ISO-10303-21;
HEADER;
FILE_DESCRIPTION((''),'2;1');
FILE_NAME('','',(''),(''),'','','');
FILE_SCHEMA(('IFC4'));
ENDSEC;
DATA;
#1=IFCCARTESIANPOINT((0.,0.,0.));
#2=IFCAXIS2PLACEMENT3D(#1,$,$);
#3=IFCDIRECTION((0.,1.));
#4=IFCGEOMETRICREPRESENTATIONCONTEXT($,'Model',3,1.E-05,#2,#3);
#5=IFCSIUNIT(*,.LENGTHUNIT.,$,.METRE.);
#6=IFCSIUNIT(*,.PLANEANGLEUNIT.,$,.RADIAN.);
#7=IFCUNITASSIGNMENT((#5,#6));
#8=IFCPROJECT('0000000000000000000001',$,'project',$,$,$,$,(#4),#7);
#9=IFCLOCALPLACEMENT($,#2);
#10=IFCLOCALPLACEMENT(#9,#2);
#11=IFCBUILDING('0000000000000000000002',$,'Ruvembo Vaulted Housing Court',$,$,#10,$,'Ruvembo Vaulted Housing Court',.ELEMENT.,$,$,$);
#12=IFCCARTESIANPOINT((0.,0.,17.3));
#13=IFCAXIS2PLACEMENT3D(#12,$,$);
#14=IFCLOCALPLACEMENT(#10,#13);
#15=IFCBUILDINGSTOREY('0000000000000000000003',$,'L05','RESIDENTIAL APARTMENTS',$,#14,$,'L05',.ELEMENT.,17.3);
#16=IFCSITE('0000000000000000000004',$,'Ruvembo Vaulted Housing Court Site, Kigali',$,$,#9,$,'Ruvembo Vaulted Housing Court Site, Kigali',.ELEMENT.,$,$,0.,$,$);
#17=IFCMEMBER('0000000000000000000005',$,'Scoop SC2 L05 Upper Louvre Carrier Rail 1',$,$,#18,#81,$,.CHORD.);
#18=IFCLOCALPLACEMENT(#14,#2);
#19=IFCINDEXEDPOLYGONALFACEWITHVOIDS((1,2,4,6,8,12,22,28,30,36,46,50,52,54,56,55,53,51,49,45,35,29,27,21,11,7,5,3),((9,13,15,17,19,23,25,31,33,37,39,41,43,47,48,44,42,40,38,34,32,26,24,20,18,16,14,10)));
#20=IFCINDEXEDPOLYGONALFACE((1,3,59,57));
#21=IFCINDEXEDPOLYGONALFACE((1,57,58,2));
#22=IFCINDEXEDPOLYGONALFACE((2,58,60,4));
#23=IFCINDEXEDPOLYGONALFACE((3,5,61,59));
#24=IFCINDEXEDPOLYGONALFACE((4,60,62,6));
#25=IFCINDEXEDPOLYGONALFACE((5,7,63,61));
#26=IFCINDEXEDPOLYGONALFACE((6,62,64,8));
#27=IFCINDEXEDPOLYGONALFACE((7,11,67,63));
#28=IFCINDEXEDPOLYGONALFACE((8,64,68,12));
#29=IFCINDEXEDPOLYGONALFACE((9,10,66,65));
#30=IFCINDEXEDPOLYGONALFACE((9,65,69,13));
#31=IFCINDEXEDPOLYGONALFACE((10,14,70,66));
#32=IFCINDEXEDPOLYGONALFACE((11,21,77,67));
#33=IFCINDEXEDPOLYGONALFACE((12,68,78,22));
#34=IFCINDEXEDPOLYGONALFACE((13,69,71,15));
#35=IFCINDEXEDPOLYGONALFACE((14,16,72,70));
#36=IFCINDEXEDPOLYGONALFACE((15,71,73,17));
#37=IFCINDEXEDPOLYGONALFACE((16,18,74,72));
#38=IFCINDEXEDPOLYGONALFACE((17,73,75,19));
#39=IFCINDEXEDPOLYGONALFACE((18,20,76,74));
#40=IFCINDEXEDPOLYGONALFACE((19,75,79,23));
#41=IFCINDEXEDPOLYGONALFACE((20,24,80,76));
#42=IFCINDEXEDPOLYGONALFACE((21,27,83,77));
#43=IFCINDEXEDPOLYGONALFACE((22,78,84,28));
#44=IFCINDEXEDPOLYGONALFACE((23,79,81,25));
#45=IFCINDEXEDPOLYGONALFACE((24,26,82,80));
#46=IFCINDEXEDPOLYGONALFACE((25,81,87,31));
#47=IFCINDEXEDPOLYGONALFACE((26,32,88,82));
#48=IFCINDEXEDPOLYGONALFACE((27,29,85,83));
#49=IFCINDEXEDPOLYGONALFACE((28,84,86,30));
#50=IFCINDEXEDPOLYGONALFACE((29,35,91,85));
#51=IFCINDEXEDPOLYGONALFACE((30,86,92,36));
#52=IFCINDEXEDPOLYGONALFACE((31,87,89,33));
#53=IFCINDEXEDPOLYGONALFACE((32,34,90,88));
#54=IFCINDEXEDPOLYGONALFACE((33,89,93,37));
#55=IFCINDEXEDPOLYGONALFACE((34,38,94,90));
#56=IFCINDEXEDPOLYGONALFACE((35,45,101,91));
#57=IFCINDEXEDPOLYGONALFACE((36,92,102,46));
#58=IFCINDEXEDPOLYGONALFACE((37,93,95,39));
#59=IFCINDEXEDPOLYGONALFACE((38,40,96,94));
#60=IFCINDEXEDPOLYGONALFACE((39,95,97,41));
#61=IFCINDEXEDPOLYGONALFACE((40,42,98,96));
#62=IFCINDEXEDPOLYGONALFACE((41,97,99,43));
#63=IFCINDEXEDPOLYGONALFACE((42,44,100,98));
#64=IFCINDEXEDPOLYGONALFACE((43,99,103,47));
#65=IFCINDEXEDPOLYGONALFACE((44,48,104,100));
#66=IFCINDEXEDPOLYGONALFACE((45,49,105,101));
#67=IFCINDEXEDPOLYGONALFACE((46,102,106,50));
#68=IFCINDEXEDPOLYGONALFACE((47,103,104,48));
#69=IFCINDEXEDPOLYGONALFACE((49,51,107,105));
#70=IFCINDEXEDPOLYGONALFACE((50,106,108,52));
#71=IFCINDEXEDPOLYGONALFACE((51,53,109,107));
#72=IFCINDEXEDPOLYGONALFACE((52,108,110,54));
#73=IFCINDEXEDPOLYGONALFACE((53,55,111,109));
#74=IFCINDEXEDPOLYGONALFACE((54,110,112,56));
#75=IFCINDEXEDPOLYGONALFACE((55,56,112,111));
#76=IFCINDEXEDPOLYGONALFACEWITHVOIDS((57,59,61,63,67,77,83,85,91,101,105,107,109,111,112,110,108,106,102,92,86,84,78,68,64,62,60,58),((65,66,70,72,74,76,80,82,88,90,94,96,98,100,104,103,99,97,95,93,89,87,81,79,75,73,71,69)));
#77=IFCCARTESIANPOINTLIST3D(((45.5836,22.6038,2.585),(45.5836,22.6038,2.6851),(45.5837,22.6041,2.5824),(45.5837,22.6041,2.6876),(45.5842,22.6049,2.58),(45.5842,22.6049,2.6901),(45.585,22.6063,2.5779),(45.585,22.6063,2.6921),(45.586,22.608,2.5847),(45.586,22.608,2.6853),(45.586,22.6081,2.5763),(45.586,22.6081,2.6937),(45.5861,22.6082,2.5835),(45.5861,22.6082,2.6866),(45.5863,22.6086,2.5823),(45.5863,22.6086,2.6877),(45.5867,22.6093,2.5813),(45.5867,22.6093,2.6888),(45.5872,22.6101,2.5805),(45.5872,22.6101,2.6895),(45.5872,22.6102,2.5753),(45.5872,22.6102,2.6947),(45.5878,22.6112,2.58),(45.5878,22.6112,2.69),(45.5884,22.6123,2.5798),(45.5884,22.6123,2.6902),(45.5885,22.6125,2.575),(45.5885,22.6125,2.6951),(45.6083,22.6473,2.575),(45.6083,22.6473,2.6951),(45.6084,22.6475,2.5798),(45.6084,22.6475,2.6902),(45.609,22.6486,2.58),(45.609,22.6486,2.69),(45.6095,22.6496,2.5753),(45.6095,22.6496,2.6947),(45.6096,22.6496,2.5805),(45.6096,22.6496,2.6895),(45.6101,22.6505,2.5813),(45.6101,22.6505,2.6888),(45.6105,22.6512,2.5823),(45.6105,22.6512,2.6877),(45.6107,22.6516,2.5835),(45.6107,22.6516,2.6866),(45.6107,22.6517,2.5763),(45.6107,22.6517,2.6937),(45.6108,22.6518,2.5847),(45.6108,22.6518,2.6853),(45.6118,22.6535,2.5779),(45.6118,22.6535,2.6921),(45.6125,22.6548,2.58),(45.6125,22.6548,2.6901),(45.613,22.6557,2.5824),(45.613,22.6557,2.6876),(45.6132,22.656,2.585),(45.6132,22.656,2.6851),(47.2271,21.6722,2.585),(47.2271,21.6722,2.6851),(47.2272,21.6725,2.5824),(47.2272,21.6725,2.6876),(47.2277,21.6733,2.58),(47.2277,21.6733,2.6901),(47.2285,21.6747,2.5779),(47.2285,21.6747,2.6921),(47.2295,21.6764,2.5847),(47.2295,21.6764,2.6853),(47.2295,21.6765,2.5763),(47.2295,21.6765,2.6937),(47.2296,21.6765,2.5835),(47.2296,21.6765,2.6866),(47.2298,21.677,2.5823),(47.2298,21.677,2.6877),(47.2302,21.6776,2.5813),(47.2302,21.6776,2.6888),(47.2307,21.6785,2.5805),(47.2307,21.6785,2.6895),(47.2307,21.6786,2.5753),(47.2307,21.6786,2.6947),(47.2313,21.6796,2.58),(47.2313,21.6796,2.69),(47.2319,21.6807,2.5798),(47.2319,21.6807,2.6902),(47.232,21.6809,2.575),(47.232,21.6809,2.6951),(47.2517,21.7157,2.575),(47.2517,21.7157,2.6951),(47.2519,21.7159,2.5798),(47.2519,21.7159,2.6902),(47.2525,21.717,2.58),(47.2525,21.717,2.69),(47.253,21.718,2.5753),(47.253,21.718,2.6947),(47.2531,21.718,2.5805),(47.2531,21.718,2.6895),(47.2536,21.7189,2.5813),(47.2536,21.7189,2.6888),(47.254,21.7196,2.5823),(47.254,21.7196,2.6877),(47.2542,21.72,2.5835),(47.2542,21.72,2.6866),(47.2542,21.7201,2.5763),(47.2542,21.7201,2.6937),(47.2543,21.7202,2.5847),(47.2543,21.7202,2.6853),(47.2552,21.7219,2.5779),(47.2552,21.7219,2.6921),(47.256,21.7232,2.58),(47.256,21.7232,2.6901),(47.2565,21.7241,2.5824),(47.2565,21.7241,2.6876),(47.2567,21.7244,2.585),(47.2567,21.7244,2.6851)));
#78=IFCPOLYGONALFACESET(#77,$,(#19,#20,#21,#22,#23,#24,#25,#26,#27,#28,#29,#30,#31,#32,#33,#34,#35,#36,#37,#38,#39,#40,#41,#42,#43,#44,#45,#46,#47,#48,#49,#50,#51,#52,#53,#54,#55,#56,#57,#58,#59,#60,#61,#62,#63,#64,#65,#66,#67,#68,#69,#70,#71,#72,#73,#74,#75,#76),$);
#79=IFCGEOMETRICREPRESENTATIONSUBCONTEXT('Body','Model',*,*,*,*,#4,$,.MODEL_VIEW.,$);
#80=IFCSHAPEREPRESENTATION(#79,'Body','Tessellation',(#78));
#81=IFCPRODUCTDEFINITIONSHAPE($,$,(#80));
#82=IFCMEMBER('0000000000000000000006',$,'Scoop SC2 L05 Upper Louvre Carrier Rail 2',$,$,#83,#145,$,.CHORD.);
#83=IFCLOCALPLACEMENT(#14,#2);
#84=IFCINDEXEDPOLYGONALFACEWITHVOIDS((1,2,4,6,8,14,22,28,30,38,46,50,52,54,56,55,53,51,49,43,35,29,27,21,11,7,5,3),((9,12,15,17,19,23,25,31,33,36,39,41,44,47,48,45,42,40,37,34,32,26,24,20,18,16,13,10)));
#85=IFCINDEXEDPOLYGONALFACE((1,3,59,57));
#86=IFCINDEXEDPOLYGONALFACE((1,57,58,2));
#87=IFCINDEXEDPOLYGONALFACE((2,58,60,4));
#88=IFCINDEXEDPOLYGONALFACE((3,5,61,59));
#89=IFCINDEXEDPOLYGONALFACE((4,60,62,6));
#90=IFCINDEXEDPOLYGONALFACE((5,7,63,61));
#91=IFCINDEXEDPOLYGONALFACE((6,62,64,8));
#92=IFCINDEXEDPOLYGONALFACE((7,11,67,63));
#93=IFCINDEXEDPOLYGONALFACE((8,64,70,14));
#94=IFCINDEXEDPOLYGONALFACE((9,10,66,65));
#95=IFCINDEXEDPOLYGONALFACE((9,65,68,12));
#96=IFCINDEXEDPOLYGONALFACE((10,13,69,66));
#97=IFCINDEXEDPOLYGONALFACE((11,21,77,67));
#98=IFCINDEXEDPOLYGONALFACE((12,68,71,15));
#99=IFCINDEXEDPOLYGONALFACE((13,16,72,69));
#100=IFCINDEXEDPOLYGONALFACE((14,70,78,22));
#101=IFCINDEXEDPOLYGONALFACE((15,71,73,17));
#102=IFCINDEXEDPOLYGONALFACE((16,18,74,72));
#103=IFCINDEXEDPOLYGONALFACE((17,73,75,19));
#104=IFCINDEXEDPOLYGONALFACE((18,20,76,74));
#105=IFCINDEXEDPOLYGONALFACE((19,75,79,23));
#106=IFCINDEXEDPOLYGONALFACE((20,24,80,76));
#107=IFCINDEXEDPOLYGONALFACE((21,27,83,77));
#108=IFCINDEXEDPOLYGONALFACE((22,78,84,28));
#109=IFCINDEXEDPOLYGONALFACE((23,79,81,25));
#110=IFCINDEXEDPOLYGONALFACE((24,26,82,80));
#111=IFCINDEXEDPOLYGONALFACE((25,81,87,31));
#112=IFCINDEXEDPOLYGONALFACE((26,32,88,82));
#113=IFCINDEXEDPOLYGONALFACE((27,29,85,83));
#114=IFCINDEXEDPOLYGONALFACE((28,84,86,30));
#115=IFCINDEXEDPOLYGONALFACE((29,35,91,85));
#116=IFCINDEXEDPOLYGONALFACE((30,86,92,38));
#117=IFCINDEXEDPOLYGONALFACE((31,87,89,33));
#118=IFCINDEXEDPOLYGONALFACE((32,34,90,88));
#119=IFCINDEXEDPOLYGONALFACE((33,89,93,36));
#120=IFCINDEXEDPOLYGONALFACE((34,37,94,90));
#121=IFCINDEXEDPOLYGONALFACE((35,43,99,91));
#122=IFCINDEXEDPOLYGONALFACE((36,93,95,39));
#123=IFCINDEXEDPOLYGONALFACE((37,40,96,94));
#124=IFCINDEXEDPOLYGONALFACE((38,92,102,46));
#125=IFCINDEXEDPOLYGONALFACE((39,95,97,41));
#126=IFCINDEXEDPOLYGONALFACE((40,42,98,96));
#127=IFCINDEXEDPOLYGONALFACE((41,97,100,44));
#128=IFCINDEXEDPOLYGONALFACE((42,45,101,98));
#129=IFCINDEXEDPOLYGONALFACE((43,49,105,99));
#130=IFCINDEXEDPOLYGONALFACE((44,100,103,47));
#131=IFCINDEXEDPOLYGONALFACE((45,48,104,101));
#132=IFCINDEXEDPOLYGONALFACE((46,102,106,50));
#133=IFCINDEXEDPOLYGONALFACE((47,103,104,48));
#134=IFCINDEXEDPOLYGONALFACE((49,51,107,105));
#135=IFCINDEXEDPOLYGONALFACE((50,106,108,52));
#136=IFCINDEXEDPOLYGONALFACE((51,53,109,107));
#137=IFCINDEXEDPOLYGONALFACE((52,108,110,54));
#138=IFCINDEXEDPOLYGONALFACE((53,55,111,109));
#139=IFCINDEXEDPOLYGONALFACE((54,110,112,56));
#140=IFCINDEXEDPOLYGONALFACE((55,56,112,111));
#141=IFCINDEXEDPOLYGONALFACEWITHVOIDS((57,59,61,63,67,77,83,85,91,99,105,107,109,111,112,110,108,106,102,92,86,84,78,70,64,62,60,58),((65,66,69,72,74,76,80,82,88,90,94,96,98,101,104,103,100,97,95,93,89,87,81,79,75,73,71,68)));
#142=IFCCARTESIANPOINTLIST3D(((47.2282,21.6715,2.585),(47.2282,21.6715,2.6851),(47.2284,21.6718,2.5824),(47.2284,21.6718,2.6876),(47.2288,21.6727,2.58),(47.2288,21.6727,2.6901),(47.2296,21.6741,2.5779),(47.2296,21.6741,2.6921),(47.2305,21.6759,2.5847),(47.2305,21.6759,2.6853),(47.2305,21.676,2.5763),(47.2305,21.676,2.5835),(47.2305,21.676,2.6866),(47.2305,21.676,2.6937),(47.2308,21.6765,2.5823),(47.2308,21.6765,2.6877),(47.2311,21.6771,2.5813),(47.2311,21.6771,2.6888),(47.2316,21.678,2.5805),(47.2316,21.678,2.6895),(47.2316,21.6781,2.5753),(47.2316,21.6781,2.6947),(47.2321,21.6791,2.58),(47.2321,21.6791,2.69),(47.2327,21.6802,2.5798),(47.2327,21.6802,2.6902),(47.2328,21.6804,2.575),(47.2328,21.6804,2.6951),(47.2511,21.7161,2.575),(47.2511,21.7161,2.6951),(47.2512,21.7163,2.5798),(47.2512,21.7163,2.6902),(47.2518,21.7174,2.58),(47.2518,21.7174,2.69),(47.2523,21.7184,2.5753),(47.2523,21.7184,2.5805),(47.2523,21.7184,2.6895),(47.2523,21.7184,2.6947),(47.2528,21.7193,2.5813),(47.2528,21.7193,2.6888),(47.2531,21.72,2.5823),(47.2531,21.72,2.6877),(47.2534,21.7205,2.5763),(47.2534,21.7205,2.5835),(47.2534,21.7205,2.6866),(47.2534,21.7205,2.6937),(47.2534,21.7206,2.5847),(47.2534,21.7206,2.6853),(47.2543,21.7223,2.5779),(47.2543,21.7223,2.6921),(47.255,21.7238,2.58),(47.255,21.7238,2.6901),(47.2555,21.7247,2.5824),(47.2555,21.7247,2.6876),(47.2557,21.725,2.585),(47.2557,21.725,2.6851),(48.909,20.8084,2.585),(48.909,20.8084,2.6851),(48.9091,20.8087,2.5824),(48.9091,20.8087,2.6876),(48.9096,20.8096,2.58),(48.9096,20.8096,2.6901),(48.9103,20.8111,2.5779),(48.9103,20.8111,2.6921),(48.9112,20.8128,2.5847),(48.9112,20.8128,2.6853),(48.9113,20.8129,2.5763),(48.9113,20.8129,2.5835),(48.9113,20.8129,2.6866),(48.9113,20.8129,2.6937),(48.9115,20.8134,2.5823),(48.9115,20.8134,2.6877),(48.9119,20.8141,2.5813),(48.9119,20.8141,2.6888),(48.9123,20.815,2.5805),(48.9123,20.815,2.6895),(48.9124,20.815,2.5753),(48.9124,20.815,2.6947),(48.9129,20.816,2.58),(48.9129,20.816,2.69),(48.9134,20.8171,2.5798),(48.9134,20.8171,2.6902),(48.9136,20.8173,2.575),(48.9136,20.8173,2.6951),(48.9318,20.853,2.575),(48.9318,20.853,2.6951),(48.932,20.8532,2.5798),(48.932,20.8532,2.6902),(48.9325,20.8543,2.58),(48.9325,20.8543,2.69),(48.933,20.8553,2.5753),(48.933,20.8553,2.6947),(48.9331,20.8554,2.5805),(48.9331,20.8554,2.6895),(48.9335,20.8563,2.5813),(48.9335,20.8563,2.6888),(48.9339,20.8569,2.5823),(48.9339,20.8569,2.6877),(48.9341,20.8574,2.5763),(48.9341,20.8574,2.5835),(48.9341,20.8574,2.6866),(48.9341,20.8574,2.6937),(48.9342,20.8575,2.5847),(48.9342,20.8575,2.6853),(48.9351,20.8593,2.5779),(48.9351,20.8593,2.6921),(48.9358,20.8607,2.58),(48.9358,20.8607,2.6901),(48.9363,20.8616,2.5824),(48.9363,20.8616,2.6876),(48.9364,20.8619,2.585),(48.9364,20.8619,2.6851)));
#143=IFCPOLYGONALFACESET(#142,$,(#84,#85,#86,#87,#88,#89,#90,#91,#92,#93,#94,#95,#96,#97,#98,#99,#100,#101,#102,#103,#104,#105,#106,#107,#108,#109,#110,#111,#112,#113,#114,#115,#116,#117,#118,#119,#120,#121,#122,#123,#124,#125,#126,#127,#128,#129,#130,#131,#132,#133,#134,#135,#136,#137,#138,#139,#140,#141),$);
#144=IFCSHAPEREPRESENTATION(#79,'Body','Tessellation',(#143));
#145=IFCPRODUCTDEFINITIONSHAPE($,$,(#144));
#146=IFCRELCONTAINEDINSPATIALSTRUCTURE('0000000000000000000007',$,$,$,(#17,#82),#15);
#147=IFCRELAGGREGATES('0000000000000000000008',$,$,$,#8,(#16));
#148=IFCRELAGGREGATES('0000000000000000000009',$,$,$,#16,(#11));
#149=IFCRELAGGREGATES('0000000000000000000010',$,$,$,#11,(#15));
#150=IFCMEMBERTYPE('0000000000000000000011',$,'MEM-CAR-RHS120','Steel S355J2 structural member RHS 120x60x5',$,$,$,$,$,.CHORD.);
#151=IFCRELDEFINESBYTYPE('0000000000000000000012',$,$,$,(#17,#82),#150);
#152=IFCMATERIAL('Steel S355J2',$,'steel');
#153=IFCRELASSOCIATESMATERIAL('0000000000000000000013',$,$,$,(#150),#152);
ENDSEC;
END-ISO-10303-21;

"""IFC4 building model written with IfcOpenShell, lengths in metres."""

from ifc_helpers import new_model, si_unit, direction, frame, origin, origin_2d, place, context, subcontext, project, spatial, hollow_rectangle, extrude, material, material_profile, profile_set, type_object, element, save


model = new_model("IFC4")

# Units and contexts
model_context = context("Model", 3, precision=1e-05, world=origin(), true_north=direction((0.0, 1.0)))
body_context = subcontext(model_context, "Body", "Model", "MODEL_VIEW")
ifc_project = project(units=[si_unit("LENGTHUNIT", "METRE"), si_unit("PLANEANGLEUNIT", "RADIAN")], contexts=[model_context])

# Site, building, storey
site_placement = place(None, origin())
site = spatial("IfcSite", under=ifc_project, at=site_placement, Name="Ruvembo Vaulted Housing Court Site, Kigali", LongName="Ruvembo Vaulted Housing Court Site, Kigali", CompositionType="ELEMENT", RefElevation=0.0)
building_placement = place(site_placement, origin())
building = spatial("IfcBuilding", under=site, at=building_placement, Name="Ruvembo Vaulted Housing Court", LongName="Ruvembo Vaulted Housing Court", CompositionType="ELEMENT")
storey_placement = place(building_placement, frame((0.0, 0.0, 17.3)))
storey = spatial("IfcBuildingStorey", under=building, at=storey_placement, Name="L05", Description="RESIDENTIAL APARTMENTS", LongName="L05", CompositionType="ELEMENT", Elevation=17.3)

# Shared definitions
ifc_material_1 = material(Name="Steel S355J2", Category="steel")

# Members
ifc_material_profile_1 = material_profile(ifc_material_1, hollow_rectangle(XDim=0.0601, YDim=0.1201, WallThickness=0.0049, InnerFilletRadius=0.0049, OuterFilletRadius=0.01, at=origin_2d()), Name="RHS 120x60x5")
ifc_profile_set_1 = profile_set([ifc_material_profile_1], Name="Steel S355J2")
member_type_1 = type_object("IfcMemberType", Name="MEM-CAR-RHS120", Description="Steel S355J2 structural member RHS 120x60x5", PredefinedType="CHORD", material=ifc_profile_set_1)
for number, where, z_axis, x_axis, name in (
    (1, (45.5984, 22.6299, 2.635), (0.869956, -0.49313, 0.0), (0.49313, 0.869956, 0.0), "Scoop SC2 L05 Upper Louvre Carrier Rail 1"),
):
    element("IfcMember", number, at=place(storey_placement, frame(where, z_axis=z_axis, x_axis=x_axis)), inside=storey, type_object=member_type_1, Name=name, PredefinedType="CHORD", context=body_context, shape_type="SweptSolid", body=[
        extrude(hollow_rectangle(XDim=0.0601, YDim=0.1201, WallThickness=0.0049, InnerFilletRadius=0.0049, OuterFilletRadius=0.01, at=origin_2d()), origin(), (0.0, 0.0, 1.0), 1.8892),
    ])
member_1_placement = place(storey_placement, frame((47.2419, 21.6982, 2.635), z_axis=(0.889568, -0.456802, 0.0), x_axis=(0.456802, 0.889568, 0.0)))
element("IfcMember", 2, at=member_1_placement, inside=storey, type_object=member_type_1, Name="Scoop SC2 L05 Upper Louvre Carrier Rail 2", PredefinedType="CHORD", context=body_context, shape_type="SweptSolid", body=[
    extrude(hollow_rectangle(XDim=0.0601, YDim=0.1201, WallThickness=0.0049, InnerFilletRadius=0.0049, OuterFilletRadius=0.01, at=origin_2d()), origin(), (0.0, 0.0, 1.0), 1.8894),
])

save(model, "model.ifc")
